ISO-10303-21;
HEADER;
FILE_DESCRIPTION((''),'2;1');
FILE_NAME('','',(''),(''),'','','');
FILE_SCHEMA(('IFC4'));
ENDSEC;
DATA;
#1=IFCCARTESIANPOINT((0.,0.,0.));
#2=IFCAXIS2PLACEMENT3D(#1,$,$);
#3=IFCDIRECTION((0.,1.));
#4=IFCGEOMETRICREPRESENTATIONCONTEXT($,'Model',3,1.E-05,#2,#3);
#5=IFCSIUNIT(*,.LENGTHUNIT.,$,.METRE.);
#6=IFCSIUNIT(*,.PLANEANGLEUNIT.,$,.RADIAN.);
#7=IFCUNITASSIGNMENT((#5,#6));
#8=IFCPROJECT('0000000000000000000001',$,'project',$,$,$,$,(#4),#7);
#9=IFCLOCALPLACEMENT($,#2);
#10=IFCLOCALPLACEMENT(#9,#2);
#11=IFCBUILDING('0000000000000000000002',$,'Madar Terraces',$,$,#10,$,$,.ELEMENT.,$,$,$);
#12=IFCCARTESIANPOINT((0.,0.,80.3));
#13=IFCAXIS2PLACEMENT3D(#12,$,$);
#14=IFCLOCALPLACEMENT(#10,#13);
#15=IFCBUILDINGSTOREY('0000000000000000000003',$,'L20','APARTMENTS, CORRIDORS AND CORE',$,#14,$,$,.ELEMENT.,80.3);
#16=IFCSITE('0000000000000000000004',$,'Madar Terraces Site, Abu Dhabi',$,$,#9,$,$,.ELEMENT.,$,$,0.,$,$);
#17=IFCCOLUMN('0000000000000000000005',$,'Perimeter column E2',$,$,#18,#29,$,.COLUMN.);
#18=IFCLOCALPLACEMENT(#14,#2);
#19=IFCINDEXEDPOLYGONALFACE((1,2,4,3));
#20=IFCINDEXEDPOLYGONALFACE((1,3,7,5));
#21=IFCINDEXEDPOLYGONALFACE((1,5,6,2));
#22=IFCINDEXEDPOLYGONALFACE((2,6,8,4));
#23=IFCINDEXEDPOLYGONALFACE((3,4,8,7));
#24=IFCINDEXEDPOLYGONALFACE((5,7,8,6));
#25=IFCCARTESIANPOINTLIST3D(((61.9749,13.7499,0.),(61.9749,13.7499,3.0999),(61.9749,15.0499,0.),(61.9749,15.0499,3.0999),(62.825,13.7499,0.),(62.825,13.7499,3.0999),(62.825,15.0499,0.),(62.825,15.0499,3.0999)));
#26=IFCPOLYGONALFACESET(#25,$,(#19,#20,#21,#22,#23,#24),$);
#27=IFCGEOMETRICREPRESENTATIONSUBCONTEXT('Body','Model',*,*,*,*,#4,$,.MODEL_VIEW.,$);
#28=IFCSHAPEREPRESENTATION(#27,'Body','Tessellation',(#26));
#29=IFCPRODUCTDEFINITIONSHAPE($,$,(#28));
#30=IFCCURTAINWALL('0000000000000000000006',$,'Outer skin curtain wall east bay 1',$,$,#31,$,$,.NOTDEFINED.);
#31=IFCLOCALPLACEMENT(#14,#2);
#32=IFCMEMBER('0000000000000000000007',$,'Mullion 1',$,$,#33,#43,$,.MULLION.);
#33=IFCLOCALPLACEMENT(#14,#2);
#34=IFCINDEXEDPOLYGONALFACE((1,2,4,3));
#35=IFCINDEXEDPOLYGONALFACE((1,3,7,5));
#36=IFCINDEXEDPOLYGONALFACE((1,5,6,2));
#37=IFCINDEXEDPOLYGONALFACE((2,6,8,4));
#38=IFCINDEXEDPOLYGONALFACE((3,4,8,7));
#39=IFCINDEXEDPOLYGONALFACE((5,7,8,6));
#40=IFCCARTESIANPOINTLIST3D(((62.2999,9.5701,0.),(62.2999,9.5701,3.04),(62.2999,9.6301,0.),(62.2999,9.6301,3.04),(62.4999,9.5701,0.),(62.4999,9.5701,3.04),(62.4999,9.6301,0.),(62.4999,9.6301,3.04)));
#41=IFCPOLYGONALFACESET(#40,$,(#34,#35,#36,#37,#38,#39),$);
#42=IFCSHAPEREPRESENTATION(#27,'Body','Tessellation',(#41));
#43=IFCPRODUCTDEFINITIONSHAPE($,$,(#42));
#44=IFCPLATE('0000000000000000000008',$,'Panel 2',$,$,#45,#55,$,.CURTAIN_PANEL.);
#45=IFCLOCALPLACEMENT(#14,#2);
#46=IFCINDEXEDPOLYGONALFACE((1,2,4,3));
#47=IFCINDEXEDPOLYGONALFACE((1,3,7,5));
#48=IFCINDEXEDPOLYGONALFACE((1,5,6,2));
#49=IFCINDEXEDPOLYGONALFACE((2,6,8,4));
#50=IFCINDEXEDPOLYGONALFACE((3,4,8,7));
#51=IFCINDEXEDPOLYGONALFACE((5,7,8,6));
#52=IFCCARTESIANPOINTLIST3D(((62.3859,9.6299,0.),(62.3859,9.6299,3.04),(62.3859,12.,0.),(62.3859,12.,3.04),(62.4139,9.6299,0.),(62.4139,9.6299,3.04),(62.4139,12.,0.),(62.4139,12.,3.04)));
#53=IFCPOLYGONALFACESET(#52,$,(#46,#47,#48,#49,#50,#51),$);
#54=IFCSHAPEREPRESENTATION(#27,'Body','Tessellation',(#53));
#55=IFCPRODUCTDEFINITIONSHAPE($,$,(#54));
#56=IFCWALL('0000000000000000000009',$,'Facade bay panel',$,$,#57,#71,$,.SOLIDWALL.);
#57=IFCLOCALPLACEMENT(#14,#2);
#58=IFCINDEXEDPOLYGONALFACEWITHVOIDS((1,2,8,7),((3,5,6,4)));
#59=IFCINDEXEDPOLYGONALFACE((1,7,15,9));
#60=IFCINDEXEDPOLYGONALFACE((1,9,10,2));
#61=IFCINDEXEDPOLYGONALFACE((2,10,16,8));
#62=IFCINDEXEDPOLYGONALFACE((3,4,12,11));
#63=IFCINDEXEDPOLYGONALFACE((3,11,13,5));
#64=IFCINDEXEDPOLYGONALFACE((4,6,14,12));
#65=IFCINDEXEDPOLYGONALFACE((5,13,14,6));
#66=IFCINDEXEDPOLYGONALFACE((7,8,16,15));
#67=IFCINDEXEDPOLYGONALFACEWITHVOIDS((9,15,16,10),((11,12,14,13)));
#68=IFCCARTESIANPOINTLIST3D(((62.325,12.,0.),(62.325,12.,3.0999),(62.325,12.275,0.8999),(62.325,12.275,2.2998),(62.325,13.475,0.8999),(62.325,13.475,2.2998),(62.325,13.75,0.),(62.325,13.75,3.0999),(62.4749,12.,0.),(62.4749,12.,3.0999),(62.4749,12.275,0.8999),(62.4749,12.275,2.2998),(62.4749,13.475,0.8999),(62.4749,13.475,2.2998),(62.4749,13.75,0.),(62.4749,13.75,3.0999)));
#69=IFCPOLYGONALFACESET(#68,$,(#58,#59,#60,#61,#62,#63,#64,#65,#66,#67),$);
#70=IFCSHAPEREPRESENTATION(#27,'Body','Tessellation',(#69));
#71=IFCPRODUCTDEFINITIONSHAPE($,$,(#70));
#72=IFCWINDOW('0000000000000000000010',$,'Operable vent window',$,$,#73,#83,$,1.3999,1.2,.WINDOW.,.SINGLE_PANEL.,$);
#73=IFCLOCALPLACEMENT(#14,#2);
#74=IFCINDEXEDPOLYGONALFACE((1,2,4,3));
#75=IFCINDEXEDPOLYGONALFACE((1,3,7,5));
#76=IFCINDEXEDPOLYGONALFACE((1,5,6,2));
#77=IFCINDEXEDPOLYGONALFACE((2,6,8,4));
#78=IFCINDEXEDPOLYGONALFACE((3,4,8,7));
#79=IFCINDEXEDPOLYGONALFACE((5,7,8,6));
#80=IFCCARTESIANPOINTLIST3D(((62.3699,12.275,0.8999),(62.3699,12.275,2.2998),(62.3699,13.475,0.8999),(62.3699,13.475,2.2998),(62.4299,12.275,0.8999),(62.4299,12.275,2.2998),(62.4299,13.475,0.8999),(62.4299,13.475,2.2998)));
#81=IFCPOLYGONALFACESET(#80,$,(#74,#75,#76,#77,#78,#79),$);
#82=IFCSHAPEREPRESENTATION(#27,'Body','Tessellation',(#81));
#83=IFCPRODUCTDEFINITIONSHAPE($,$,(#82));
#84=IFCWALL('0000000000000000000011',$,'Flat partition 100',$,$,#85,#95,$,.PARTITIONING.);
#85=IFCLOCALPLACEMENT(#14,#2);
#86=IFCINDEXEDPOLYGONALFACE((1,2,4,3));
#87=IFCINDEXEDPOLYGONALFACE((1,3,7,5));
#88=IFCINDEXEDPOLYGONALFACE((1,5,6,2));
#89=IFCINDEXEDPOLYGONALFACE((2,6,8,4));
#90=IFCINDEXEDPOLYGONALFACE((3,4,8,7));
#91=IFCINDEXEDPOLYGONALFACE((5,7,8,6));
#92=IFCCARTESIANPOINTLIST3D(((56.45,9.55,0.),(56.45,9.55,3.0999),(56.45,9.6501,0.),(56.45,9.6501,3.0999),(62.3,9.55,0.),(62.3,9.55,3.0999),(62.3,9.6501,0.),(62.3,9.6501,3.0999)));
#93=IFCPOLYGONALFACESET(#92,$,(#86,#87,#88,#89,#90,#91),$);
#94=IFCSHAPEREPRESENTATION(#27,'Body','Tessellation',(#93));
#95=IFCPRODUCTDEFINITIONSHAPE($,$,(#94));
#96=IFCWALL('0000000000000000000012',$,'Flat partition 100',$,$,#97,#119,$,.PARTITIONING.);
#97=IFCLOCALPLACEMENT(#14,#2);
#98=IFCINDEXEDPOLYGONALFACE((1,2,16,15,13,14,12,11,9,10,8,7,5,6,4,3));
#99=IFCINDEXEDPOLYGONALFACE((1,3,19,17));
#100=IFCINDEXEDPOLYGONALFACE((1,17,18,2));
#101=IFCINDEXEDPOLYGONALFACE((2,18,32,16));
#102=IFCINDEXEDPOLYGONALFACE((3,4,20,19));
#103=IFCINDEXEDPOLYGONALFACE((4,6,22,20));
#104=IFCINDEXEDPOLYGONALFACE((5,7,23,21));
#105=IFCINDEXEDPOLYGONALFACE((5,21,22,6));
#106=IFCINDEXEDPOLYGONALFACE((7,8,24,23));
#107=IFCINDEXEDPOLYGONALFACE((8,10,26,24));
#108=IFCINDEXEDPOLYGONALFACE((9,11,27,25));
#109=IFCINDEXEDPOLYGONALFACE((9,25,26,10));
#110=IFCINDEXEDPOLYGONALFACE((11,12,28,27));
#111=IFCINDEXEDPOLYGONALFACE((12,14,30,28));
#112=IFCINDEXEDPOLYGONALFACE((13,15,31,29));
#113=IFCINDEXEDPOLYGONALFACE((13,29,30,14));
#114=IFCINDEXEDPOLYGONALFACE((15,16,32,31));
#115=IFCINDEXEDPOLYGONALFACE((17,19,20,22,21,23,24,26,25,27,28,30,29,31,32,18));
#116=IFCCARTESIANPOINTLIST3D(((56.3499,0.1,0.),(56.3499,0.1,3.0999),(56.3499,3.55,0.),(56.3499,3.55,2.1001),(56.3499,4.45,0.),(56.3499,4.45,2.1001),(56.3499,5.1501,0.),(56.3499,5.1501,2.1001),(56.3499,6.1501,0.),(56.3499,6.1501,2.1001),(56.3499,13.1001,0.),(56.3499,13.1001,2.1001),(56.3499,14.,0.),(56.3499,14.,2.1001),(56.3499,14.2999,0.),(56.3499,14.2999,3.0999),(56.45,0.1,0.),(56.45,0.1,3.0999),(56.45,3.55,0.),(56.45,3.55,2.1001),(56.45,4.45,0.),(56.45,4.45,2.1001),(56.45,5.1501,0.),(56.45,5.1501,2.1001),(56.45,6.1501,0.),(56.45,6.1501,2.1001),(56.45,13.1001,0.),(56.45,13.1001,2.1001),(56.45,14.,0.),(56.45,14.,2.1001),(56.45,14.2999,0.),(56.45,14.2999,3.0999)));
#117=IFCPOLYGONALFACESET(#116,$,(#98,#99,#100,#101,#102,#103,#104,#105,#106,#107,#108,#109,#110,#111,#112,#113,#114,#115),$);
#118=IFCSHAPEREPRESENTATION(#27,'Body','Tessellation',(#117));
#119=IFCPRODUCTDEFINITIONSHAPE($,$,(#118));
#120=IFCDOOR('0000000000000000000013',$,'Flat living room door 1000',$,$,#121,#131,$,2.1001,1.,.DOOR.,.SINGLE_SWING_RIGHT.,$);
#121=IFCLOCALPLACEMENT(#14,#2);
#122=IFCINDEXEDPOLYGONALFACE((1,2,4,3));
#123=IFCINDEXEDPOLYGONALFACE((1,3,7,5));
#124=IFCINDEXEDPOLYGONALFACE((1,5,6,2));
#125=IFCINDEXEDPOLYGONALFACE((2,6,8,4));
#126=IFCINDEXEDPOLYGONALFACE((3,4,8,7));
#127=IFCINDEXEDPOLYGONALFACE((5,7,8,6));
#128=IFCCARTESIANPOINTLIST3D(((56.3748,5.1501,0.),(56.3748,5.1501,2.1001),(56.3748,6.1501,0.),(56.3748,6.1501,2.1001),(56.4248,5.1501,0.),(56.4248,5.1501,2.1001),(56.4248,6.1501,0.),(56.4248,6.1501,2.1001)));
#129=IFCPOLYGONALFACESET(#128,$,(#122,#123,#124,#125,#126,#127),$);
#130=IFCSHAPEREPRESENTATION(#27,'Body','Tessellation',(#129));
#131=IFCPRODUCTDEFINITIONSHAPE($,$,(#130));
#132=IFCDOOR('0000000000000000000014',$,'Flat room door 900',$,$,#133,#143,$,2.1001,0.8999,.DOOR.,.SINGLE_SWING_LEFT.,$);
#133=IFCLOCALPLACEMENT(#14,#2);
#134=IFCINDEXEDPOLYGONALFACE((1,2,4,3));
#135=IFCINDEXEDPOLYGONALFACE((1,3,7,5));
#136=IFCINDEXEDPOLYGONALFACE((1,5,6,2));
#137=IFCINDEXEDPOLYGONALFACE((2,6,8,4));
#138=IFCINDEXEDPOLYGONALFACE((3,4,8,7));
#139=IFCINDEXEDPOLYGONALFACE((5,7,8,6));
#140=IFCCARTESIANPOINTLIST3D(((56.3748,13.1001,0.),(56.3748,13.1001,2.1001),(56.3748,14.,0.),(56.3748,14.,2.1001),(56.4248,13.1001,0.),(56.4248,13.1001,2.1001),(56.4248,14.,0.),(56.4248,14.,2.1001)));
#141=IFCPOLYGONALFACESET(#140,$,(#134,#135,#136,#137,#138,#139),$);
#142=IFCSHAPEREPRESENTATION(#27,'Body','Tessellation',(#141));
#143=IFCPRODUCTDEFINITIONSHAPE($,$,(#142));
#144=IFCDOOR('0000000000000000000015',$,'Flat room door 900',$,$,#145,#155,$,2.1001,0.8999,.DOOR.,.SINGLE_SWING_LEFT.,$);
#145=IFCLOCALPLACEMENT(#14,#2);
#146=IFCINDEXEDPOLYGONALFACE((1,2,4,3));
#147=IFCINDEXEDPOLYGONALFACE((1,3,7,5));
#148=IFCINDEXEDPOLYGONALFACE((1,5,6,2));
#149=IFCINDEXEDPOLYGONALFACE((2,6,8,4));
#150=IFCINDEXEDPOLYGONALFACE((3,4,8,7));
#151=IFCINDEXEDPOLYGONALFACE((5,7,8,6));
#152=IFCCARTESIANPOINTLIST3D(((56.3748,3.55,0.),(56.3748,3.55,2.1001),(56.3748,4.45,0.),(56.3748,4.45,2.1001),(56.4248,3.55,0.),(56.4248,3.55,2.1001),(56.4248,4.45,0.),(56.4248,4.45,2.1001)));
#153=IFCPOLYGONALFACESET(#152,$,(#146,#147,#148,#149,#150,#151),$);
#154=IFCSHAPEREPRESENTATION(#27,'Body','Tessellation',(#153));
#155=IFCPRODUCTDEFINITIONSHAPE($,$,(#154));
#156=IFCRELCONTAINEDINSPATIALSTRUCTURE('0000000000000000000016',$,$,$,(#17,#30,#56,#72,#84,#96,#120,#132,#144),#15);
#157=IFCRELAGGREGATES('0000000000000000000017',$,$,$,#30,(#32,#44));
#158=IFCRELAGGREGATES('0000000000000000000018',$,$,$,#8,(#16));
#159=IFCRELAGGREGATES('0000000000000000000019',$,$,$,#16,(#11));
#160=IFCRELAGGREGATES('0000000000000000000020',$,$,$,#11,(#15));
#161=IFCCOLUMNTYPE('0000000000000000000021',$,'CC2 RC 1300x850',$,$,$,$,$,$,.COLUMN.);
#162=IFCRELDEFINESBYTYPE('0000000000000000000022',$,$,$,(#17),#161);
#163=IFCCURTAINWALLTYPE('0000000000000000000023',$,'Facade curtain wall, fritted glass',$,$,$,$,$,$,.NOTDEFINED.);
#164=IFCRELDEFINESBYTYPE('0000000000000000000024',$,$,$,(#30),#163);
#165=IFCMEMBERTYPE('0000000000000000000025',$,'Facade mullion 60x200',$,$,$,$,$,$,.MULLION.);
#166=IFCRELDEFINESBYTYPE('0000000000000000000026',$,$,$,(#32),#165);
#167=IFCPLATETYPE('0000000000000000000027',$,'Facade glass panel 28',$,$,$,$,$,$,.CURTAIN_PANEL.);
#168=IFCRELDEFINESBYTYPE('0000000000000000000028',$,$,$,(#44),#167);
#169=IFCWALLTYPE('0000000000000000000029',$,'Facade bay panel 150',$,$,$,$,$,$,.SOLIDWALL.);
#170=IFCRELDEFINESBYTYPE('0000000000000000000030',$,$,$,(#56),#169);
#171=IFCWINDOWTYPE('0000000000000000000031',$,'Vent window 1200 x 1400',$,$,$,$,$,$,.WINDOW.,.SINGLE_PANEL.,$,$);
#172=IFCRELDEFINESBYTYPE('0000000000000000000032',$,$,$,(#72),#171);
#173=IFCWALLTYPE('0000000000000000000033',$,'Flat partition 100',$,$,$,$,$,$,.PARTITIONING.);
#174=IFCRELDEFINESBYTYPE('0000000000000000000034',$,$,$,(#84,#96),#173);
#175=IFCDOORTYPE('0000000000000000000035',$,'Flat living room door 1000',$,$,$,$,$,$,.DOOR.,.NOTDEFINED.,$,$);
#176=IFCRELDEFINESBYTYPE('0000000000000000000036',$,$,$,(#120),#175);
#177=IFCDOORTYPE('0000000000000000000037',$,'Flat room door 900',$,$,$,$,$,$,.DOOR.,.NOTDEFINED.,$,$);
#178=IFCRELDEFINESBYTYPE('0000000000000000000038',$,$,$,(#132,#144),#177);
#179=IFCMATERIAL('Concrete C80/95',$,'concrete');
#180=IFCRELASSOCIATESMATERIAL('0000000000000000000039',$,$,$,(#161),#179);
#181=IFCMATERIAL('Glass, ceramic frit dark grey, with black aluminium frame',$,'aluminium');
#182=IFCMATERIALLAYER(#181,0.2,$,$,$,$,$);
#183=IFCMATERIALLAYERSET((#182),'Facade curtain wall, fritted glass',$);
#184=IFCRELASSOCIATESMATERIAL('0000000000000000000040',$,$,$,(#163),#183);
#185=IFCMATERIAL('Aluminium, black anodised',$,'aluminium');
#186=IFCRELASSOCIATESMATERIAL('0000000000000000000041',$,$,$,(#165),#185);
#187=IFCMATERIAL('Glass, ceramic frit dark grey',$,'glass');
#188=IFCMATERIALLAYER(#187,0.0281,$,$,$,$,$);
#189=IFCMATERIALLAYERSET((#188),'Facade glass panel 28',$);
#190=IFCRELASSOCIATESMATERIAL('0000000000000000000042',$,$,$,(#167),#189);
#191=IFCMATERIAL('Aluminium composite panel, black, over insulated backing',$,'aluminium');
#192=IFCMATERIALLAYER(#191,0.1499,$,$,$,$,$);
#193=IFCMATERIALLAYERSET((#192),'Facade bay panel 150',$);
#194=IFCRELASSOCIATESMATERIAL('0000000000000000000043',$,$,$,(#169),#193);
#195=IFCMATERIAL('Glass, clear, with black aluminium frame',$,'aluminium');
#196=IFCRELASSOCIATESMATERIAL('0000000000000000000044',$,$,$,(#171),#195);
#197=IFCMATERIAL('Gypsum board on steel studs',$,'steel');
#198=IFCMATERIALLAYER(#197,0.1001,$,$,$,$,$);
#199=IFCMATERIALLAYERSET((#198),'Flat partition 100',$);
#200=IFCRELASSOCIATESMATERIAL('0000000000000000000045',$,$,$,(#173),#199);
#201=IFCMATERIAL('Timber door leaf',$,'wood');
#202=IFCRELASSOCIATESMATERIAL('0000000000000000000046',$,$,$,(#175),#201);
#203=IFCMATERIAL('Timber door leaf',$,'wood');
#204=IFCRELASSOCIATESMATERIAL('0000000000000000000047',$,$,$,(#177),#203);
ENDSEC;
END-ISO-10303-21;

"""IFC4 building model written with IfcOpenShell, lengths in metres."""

from ifc_helpers import new_model, si_unit, direction, frame, frame_2d, origin, origin_2d, place, context, subcontext, project, spatial, rectangle, extrude, material, layer, layer_set, material_profile, profile_set, type_object, element, fill, aggregate, save


model = new_model("IFC4")

# Units and contexts
model_context = context("Model", 3, precision=1e-05, world=origin(), true_north=direction((0.0, 1.0)))
body_context = subcontext(model_context, "Body", "Model", "MODEL_VIEW")
ifc_project = project(units=[si_unit("LENGTHUNIT", "METRE"), si_unit("PLANEANGLEUNIT", "RADIAN")], contexts=[model_context])

# Site, building, storey
site_placement = place(None, origin())
site = spatial("IfcSite", under=ifc_project, at=site_placement, Name="Madar Terraces Site, Abu Dhabi", CompositionType="ELEMENT", RefElevation=0.0)
building_placement = place(site_placement, origin())
building = spatial("IfcBuilding", under=site, at=building_placement, Name="Madar Terraces", CompositionType="ELEMENT")
storey_placement = place(building_placement, frame((0.0, 0.0, 80.3)))
storey = spatial("IfcBuildingStorey", under=building, at=storey_placement, Name="L20", Description="APARTMENTS, CORRIDORS AND CORE", CompositionType="ELEMENT", Elevation=80.3)

# Column
ifc_material_1 = material(Name="Concrete C80/95", Category="concrete")
ifc_material_profile_1 = material_profile(ifc_material_1, rectangle(XDim=1.3, YDim=0.8501, at=origin_2d()), Name="CC2 RC 1300x850")
ifc_profile_set_1 = profile_set([ifc_material_profile_1], Name="Concrete C80/95")
column_type = type_object("IfcColumnType", Name="CC2 RC 1300x850", PredefinedType="COLUMN", material=ifc_profile_set_1)
column_placement = place(storey_placement, frame((62.3999, 14.3999, 0.0), z_axis=(0.0, 0.0, 1.0), x_axis=(0.0, 1.0, 0.0)))
element("IfcColumn", 1, at=column_placement, inside=storey, type_object=column_type, Name="Perimeter column E2", PredefinedType="COLUMN", context=body_context, shape_type="SweptSolid", body=[
    extrude(rectangle(XDim=1.3, YDim=0.8501, at=origin_2d()), origin(), (0.0, 0.0, 1.0), 3.0999),
])

# Curtain wall, member, plate
ifc_material_2 = material(Name="Glass, ceramic frit dark grey, with black aluminium frame", Category="aluminium")
ifc_layer_1 = layer(ifc_material_2, 0.2)
ifc_layer_set_1 = layer_set([ifc_layer_1], Name="Facade curtain wall, fritted glass")
curtain_wall_type = type_object("IfcCurtainWallType", Name="Facade curtain wall, fritted glass", PredefinedType="NOTDEFINED", material=ifc_layer_set_1)
curtain_wall_placement = place(storey_placement, origin())
curtain_wall = element("IfcCurtainWall", 2, at=curtain_wall_placement, inside=storey, type_object=curtain_wall_type, Name="Outer skin curtain wall east bay 1", PredefinedType="NOTDEFINED")
ifc_material_3 = material(Name="Aluminium, black anodised", Category="aluminium")
ifc_material_profile_2 = material_profile(ifc_material_3, rectangle(XDim=0.2, YDim=0.0601, at=origin_2d()), Name="Facade mullion 60x200")
ifc_profile_set_2 = profile_set([ifc_material_profile_2], Name="Aluminium, black anodised")
member_type = type_object("IfcMemberType", Name="Facade mullion 60x200", PredefinedType="MULLION", material=ifc_profile_set_2)
member_placement = place(storey_placement, frame((62.3999, 9.6001, 0.0), z_axis=(0.0, 0.0, 1.0), x_axis=(-1.0, 0.0, 0.0)))
member = element("IfcMember", 3, at=member_placement, type_object=member_type, Name="Mullion 1", PredefinedType="MULLION", context=body_context, shape_type="SweptSolid", body=[
    extrude(rectangle(XDim=0.2, YDim=0.0601, at=origin_2d()), origin(), (0.0, 0.0, 1.0), 3.04),
])
ifc_material_4 = material(Name="Glass, ceramic frit dark grey", Category="glass")
ifc_layer_2 = layer(ifc_material_4, 0.0281)
ifc_layer_set_2 = layer_set([ifc_layer_2], Name="Facade glass panel 28")
plate_type = type_object("IfcPlateType", Name="Facade glass panel 28", PredefinedType="CURTAIN_PANEL", material=ifc_layer_set_2)
plate_placement = place(storey_placement, frame((62.3999, 10.8149, 0.0), z_axis=(0.0, 0.0, 1.0), x_axis=(0.0, 1.0, 0.0)))
plate = element("IfcPlate", 4, at=plate_placement, type_object=plate_type, Name="Panel 2", PredefinedType="CURTAIN_PANEL", context=body_context, shape_type="SweptSolid", body=[
    extrude(rectangle(XDim=2.3701, YDim=0.0281, at=origin_2d()), origin(), (0.0, 0.0, 1.0), 3.04),
])
aggregate(curtain_wall, [member, plate])

# Wall, opening, window
ifc_material_5 = material(Name="Aluminium composite panel, black, over insulated backing", Category="aluminium")
ifc_layer_3 = layer(ifc_material_5, 0.1499)
ifc_layer_set_3 = layer_set([ifc_layer_3], Name="Facade bay panel 150")
wall_type_1 = type_object("IfcWallType", Name="Facade bay panel 150", PredefinedType="SOLIDWALL", material=ifc_layer_set_3)
wall_1_placement = place(storey_placement, frame((62.3999, 12.0, 0.0), z_axis=(0.0, 0.0, 1.0), x_axis=(0.0, 1.0, 0.0)))
wall_1 = element("IfcWall", 5, at=wall_1_placement, inside=storey, type_object=wall_type_1, Name="Facade bay panel", PredefinedType="SOLIDWALL", context=body_context, shape_type="SweptSolid", body=[
    extrude(rectangle(XDim=1.75, YDim=0.1499, at=frame_2d((0.875, 0.0))), origin(), (0.0, 0.0, 1.0), 3.0999),
])
opening_1_placement = place(wall_1_placement, frame((0.2749, 0.0, 0.8999)))
opening_1 = element("IfcOpeningElement", 6, at=opening_1_placement, cuts=wall_1, PredefinedType="OPENING", context=body_context, shape_type="SweptSolid", body=[
    extrude(rectangle(XDim=1.2, YDim=1.3999, at=frame_2d((0.6001, 0.7))), frame((0.0, 0.085, 0.0), z_axis=(0.0, -1.0, 0.0), x_axis=(1.0, 0.0, 0.0)), (0.0, 0.0, 1.0), 0.1699),
])
ifc_material_6 = material(Name="Glass, clear, with black aluminium frame", Category="aluminium")
window_type = type_object("IfcWindowType", Name="Vent window 1200 x 1400", PartitioningType="SINGLE_PANEL", PredefinedType="WINDOW", material=ifc_material_6)
window_placement = place(opening_1_placement, origin())
window = element("IfcWindow", 7, at=window_placement, inside=storey, type_object=window_type, Name="Operable vent window", OverallHeight=1.3999, OverallWidth=1.2, PartitioningType="SINGLE_PANEL", PredefinedType="WINDOW", context=body_context, shape_type="SweptSolid", body=[
    extrude(rectangle(XDim=1.2, YDim=1.3999, at=frame_2d((0.6001, 0.7))), frame((0.0, 0.03, 0.0), z_axis=(0.0, -1.0, 0.0), x_axis=(1.0, 0.0, 0.0)), (0.0, 0.0, 1.0), 0.0601),
])
fill(opening_1, window)

# Wall
ifc_material_7 = material(Name="Gypsum board on steel studs", Category="steel")
ifc_layer_4 = layer(ifc_material_7, 0.1001)
ifc_layer_set_4 = layer_set([ifc_layer_4], Name="Flat partition 100")
wall_type_2 = type_object("IfcWallType", Name="Flat partition 100", PredefinedType="PARTITIONING", material=ifc_layer_set_4)
wall_2_placement = place(storey_placement, frame((56.45, 9.6001, 0.0), z_axis=(0.0, 0.0, 1.0), x_axis=(1.0, 0.0, 0.0)))
element("IfcWall", 8, at=wall_2_placement, inside=storey, type_object=wall_type_2, Name="Flat partition 100", PredefinedType="PARTITIONING", context=body_context, shape_type="SweptSolid", body=[
    extrude(rectangle(XDim=5.8501, YDim=0.1001, at=frame_2d((2.925, 0.0))), origin(), (0.0, 0.0, 1.0), 3.0999),
])

# Wall, openings, doors
wall_3_placement = place(storey_placement, frame((56.3999, 14.3, 0.0), z_axis=(0.0, 0.0, 1.0), x_axis=(0.0, -1.0, 0.0)))
wall_3 = element("IfcWall", 9, at=wall_3_placement, inside=storey, type_object=wall_type_2, Name="Flat partition 100", PredefinedType="PARTITIONING", context=body_context, shape_type="SweptSolid", body=[
    extrude(rectangle(XDim=14.2, YDim=0.1001, at=frame_2d((7.1001, 0.0))), origin(), (0.0, 0.0, 1.0), 3.0999),
])
opening_2_placement = place(wall_3_placement, frame((0.3, 0.0, 0.0)))
opening_2 = element("IfcOpeningElement", 10, at=opening_2_placement, cuts=wall_3, PredefinedType="OPENING", context=body_context, shape_type="SweptSolid", body=[
    extrude(rectangle(XDim=0.8999, YDim=2.1001, at=frame_2d((0.45, 1.05))), frame((0.0, 0.0601, 0.0), z_axis=(0.0, -1.0, 0.0), x_axis=(1.0, 0.0, 0.0)), (0.0, 0.0, 1.0), 0.1201),
])
opening_3_placement = place(wall_3_placement, frame((8.1499, 0.0, 0.0)))
opening_3 = element("IfcOpeningElement", 11, at=opening_3_placement, cuts=wall_3, PredefinedType="OPENING", context=body_context, shape_type="SweptSolid", body=[
    extrude(rectangle(XDim=1.0, YDim=2.1001, at=frame_2d((0.5, 1.05))), frame((0.0, 0.0601, 0.0), z_axis=(0.0, -1.0, 0.0), x_axis=(1.0, 0.0, 0.0)), (0.0, 0.0, 1.0), 0.1201),
])
opening_4_placement = place(wall_3_placement, frame((9.8501, 0.0, 0.0)))
opening_4 = element("IfcOpeningElement", 12, at=opening_4_placement, cuts=wall_3, PredefinedType="OPENING", context=body_context, shape_type="SweptSolid", body=[
    extrude(rectangle(XDim=0.8999, YDim=2.1001, at=frame_2d((0.45, 1.05))), frame((0.0, 0.0601, 0.0), z_axis=(0.0, -1.0, 0.0), x_axis=(1.0, 0.0, 0.0)), (0.0, 0.0, 1.0), 0.1201),
])
ifc_material_8 = material(Name="Timber door leaf", Category="wood")
door_type_1 = type_object("IfcDoorType", Name="Flat living room door 1000", OperationType="NOTDEFINED", PredefinedType="DOOR", material=ifc_material_8)
door_1_placement = place(opening_3_placement, origin())
door_1 = element("IfcDoor", 13, at=door_1_placement, inside=storey, type_object=door_type_1, Name="Flat living room door 1000", OperationType="SINGLE_SWING_RIGHT", OverallHeight=2.1001, OverallWidth=1.0, PredefinedType="DOOR", context=body_context, shape_type="SweptSolid", body=[
    extrude(rectangle(XDim=1.0, YDim=2.1001, at=frame_2d((0.5, 1.05))), frame((0.0, 0.0249, 0.0), z_axis=(0.0, -1.0, 0.0), x_axis=(1.0, 0.0, 0.0)), (0.0, 0.0, 1.0), 0.05),
])
fill(opening_3, door_1)
ifc_material_9 = material(Name="Timber door leaf", Category="wood")
door_type_2 = type_object("IfcDoorType", Name="Flat room door 900", OperationType="NOTDEFINED", PredefinedType="DOOR", material=ifc_material_9)
door_2_placement = place(opening_2_placement, origin())
door_2 = element("IfcDoor", 14, at=door_2_placement, inside=storey, type_object=door_type_2, Name="Flat room door 900", OperationType="SINGLE_SWING_LEFT", OverallHeight=2.1001, OverallWidth=0.8999, PredefinedType="DOOR", context=body_context, shape_type="SweptSolid", body=[
    extrude(rectangle(XDim=0.8999, YDim=2.1001, at=frame_2d((0.45, 1.05))), frame((0.0, 0.0249, 0.0), z_axis=(0.0, -1.0, 0.0), x_axis=(1.0, 0.0, 0.0)), (0.0, 0.0, 1.0), 0.05),
])
fill(opening_2, door_2)
door_3_placement = place(opening_4_placement, origin())
door_3 = element("IfcDoor", 15, at=door_3_placement, inside=storey, type_object=door_type_2, Name="Flat room door 900", OperationType="SINGLE_SWING_LEFT", OverallHeight=2.1001, OverallWidth=0.8999, PredefinedType="DOOR", context=body_context, shape_type="SweptSolid", body=[
    extrude(rectangle(XDim=0.8999, YDim=2.1001, at=frame_2d((0.45, 1.05))), frame((0.0, 0.0249, 0.0), z_axis=(0.0, -1.0, 0.0), x_axis=(1.0, 0.0, 0.0)), (0.0, 0.0, 1.0), 0.05),
])
fill(opening_4, door_3)

save(model, "model.ifc")
